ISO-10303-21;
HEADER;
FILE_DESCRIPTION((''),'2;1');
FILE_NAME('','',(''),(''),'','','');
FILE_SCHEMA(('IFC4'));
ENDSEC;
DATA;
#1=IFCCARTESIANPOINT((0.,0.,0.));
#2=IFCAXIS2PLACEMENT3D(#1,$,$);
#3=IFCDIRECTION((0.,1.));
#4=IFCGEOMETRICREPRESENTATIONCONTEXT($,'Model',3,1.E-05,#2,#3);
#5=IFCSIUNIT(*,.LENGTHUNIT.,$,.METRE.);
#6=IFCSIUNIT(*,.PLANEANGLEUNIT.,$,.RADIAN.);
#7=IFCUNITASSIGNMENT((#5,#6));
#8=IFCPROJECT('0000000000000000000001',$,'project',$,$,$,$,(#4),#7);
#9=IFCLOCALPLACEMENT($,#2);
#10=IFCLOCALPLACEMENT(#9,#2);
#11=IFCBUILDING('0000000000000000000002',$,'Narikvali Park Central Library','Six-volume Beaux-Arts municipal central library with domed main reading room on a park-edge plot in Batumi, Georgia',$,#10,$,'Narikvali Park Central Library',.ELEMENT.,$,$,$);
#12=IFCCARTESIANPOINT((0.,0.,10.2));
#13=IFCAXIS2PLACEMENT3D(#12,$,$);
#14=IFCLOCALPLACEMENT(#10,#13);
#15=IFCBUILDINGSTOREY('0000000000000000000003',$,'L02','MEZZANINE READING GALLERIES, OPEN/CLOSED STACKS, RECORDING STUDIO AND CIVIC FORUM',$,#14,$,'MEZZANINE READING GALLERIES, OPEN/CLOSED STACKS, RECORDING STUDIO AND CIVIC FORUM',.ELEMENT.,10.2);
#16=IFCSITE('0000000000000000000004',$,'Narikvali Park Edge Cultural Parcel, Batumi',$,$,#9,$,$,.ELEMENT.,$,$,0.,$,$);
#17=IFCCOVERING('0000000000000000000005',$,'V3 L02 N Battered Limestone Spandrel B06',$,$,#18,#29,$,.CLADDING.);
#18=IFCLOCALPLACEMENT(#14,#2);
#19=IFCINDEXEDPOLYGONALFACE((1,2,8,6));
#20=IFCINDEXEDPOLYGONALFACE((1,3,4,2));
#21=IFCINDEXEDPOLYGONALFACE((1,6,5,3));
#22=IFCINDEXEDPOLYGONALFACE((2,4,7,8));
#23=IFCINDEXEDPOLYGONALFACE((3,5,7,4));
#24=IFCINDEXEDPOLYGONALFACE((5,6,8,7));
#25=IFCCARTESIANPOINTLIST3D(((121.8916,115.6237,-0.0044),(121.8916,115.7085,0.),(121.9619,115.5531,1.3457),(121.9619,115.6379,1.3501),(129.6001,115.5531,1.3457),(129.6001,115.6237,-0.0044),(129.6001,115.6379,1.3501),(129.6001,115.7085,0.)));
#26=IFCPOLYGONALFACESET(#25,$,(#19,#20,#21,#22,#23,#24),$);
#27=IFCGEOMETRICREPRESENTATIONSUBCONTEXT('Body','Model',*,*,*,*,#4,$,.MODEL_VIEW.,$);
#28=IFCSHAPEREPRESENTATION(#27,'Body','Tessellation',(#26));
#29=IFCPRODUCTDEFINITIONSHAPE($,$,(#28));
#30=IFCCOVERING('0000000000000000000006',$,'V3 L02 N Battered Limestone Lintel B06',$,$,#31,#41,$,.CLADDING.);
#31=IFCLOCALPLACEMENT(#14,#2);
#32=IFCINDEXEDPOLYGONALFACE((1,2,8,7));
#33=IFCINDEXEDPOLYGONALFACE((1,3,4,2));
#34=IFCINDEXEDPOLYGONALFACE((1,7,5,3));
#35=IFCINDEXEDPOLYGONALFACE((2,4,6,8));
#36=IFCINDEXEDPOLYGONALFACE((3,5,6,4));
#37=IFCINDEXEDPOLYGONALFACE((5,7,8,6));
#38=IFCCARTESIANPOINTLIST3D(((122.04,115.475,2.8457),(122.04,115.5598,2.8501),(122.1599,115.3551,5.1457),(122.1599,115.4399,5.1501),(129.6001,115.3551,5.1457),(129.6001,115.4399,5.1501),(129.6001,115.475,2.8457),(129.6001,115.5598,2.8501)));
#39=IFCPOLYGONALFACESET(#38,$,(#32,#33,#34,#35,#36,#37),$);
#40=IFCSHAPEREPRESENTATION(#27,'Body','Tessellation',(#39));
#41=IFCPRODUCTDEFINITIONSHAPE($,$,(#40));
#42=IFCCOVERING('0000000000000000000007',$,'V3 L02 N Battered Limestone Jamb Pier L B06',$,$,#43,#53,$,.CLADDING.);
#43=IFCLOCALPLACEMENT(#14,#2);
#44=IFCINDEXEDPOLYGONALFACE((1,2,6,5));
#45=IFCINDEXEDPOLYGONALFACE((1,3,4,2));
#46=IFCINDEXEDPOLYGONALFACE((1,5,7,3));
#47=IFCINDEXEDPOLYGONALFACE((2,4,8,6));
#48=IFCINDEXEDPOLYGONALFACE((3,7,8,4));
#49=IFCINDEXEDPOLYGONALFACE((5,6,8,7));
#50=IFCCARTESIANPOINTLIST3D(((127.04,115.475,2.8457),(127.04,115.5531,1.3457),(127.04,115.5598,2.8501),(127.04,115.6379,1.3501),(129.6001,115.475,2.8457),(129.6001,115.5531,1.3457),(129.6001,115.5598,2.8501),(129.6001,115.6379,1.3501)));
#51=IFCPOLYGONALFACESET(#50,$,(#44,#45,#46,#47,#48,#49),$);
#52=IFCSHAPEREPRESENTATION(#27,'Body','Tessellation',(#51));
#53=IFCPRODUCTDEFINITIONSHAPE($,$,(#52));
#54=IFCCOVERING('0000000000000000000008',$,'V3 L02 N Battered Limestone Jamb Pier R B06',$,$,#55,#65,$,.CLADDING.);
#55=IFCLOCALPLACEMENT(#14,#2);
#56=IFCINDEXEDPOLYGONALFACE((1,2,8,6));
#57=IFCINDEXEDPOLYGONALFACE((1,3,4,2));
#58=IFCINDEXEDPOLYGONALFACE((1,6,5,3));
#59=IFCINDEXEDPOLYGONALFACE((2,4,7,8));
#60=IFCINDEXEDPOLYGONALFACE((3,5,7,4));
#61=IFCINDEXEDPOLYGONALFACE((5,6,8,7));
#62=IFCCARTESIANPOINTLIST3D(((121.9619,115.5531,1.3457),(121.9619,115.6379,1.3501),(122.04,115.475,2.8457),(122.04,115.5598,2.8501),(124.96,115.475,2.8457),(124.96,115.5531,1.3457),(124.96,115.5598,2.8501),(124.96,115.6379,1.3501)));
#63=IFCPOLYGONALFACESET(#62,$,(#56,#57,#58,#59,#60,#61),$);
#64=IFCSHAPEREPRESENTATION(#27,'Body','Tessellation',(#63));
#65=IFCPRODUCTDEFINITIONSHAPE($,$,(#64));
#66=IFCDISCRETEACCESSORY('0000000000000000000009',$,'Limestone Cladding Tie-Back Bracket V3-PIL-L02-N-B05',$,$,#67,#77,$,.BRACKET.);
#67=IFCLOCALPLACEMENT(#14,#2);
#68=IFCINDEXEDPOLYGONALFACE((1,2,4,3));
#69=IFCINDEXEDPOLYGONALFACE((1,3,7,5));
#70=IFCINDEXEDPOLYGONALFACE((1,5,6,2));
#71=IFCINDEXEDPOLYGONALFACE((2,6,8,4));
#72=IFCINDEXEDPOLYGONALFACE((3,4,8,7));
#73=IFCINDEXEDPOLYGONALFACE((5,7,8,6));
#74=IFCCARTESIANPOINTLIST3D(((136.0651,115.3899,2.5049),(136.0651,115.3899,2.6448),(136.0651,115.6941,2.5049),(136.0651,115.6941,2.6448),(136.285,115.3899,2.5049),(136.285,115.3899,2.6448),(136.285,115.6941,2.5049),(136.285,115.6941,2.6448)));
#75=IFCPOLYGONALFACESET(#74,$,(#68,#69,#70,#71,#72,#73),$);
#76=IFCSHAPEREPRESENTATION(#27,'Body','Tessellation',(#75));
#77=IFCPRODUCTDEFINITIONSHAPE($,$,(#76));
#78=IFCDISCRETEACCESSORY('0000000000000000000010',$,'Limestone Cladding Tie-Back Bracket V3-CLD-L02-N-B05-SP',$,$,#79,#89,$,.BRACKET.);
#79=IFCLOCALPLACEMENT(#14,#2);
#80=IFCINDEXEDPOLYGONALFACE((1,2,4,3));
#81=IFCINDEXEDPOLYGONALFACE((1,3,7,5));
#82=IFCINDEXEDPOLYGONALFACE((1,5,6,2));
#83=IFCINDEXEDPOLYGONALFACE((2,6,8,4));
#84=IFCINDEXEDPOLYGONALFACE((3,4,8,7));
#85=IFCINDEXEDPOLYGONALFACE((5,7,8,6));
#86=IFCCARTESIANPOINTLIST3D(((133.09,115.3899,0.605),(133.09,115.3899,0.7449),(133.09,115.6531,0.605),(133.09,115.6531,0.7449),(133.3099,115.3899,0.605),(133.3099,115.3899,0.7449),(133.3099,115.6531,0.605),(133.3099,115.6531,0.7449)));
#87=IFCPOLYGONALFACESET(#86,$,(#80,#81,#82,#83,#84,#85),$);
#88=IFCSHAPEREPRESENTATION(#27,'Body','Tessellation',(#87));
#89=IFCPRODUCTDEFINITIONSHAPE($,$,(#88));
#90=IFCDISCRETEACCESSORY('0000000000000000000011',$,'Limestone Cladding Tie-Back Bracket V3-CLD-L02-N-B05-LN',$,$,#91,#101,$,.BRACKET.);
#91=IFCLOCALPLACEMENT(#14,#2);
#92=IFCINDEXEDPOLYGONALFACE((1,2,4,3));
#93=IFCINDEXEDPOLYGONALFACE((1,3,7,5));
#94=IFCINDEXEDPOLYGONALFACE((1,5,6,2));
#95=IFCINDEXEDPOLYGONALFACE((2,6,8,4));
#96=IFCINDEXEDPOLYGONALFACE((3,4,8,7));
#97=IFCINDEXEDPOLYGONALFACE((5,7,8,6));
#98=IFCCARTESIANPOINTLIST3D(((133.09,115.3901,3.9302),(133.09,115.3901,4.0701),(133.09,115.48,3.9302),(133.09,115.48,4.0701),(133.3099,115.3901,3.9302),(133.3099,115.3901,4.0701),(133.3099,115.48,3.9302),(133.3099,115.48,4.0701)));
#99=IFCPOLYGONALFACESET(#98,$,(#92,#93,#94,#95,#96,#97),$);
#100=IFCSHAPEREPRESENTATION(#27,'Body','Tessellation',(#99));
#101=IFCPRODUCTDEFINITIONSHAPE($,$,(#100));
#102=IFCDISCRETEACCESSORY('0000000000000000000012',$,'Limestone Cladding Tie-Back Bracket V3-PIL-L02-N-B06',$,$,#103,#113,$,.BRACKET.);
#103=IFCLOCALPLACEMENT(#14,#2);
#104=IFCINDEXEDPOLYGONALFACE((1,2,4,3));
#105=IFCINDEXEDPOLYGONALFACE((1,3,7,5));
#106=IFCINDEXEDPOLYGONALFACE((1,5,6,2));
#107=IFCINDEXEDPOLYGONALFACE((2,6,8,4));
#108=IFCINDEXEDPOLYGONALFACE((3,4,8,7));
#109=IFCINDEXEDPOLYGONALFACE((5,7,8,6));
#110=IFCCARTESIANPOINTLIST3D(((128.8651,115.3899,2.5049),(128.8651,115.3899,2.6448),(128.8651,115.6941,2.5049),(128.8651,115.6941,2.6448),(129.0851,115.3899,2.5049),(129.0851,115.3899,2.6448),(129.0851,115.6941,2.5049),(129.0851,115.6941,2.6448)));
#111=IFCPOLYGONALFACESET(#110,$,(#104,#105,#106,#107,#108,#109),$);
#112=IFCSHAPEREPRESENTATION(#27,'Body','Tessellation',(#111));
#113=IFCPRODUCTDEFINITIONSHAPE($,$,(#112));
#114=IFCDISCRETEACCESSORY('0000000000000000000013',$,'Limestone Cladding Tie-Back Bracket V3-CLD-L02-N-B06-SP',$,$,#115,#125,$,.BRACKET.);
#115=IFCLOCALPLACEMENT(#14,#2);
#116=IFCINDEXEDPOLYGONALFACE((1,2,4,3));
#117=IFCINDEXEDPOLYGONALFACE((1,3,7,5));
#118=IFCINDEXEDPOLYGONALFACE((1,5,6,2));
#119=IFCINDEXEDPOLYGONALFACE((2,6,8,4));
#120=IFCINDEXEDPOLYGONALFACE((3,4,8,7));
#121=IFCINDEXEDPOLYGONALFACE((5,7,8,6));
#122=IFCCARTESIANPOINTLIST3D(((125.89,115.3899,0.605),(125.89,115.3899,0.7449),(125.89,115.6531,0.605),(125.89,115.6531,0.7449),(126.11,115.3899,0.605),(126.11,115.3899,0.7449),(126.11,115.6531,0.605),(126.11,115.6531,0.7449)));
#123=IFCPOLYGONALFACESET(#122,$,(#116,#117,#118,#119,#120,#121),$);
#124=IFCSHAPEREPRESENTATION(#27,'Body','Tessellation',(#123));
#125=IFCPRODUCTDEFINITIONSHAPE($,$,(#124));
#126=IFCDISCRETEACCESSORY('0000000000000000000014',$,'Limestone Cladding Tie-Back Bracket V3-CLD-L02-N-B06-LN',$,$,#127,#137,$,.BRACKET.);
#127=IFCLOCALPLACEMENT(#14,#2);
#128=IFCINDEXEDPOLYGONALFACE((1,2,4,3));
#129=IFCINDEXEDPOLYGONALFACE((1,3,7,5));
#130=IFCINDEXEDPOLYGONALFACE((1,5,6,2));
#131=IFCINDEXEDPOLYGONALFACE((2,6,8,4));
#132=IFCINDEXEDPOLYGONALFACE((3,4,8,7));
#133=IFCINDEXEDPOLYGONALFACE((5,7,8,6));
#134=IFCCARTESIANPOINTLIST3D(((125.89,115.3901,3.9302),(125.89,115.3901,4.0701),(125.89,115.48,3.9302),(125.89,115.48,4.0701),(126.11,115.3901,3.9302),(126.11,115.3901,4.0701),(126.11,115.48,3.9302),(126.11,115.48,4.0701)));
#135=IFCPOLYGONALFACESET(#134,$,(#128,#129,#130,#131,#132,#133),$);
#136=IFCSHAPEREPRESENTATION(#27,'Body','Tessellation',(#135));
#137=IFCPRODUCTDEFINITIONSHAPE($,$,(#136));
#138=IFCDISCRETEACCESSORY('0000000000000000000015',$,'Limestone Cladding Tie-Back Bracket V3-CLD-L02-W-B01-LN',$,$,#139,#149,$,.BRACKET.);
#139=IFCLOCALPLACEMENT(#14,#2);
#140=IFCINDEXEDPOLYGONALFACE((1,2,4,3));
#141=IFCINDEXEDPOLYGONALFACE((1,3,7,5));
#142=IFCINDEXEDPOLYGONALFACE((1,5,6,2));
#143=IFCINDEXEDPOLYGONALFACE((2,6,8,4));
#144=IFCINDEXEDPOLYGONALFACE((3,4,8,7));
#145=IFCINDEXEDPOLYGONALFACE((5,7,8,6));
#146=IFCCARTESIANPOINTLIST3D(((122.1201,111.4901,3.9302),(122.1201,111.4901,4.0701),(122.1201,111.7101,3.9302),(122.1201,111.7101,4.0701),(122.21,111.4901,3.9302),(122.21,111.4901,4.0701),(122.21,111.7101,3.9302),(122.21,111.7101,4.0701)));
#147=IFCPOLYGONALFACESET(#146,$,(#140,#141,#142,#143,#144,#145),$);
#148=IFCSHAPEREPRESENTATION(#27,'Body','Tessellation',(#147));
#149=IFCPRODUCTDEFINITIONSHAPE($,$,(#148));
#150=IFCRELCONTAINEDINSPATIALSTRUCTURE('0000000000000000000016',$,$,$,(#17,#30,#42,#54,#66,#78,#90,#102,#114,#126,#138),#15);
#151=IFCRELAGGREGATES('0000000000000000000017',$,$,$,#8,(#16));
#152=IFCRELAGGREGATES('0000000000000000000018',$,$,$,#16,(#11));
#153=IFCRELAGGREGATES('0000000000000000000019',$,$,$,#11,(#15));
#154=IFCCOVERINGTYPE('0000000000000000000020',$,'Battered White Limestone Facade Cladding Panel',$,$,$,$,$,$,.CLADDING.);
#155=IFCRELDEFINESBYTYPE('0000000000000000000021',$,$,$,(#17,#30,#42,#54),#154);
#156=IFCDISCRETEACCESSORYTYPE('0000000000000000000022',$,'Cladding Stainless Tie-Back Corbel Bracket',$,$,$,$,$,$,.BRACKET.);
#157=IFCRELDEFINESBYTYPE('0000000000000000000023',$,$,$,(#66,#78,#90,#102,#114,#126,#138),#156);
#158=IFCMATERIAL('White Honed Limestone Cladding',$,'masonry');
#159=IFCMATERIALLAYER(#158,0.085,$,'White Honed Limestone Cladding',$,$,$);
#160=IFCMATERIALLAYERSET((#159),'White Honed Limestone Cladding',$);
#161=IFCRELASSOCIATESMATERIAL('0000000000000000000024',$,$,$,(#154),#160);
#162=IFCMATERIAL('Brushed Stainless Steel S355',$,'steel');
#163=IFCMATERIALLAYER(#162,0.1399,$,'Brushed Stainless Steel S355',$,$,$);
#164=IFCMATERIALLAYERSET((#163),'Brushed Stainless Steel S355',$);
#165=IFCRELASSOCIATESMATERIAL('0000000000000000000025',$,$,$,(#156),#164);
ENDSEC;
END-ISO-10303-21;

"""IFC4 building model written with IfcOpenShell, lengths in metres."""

from ifc_helpers import new_model, si_unit, direction, frame, origin, origin_2d, place, context, subcontext, project, spatial, polyline, rectangle, outline, extrude, material, layer, layer_set, type_object, element, save


model = new_model("IFC4")

# Units and contexts
model_context = context("Model", 3, precision=1e-05, world=origin(), true_north=direction((0.0, 1.0)))
body_context = subcontext(model_context, "Body", "Model", "MODEL_VIEW")
ifc_project = project(units=[si_unit("LENGTHUNIT", "METRE"), si_unit("PLANEANGLEUNIT", "RADIAN")], contexts=[model_context])

# Site, building, storey
site_placement = place(None, origin())
site = spatial("IfcSite", under=ifc_project, at=site_placement, Name="Narikvali Park Edge Cultural Parcel, Batumi", CompositionType="ELEMENT", RefElevation=0.0)
building_placement = place(site_placement, origin())
building = spatial("IfcBuilding", under=site, at=building_placement, Name="Narikvali Park Central Library", Description="Six-volume Beaux-Arts municipal central library with domed main reading room on a park-edge plot in Batumi, Georgia", LongName="Narikvali Park Central Library", CompositionType="ELEMENT")
storey_placement = place(building_placement, frame((0.0, 0.0, 10.2)))
storey = spatial("IfcBuildingStorey", under=building, at=storey_placement, Name="L02", Description="MEZZANINE READING GALLERIES, OPEN/CLOSED STACKS, RECORDING STUDIO AND CIVIC FORUM", LongName="MEZZANINE READING GALLERIES, OPEN/CLOSED STACKS, RECORDING STUDIO AND CIVIC FORUM", CompositionType="ELEMENT", Elevation=10.2)

# Coverings
ifc_material_1 = material(Name="White Honed Limestone Cladding", Category="masonry")
ifc_layer_1 = layer(ifc_material_1, 0.085, Name="White Honed Limestone Cladding")
ifc_layer_set_1 = layer_set([ifc_layer_1], Name="White Honed Limestone Cladding")
covering_type = type_object("IfcCoveringType", Name="Battered White Limestone Facade Cladding Panel", PredefinedType="CLADDING", material=ifc_layer_set_1)
covering_1_placement = place(storey_placement, frame((129.6001, 115.7085, 0.0), z_axis=(0.0, 0.998637, 0.052189), x_axis=(-1.0, 0.0, 0.0)))
element("IfcCovering", 1, at=covering_1_placement, inside=storey, type_object=covering_type, Name="V3 L02 N Battered Limestone Spandrel B06", PredefinedType="CLADDING", context=body_context, shape_type="SweptSolid", body=[
    extrude(outline(polyline([(0.0, 0.0), (7.7085, 0.0), (7.6382, 1.3519), (0.0, 1.3519), (0.0, 0.0)])), origin(), (0.0, 0.0, -1.0), 0.085),
])
covering_2_placement = place(storey_placement, frame((129.6001, 115.5598, 2.8501), z_axis=(0.0, 0.998645, 0.052047), x_axis=(-1.0, 0.0, 0.0)))
element("IfcCovering", 2, at=covering_2_placement, inside=storey, type_object=covering_type, Name="V3 L02 N Battered Limestone Lintel B06", PredefinedType="CLADDING", context=body_context, shape_type="SweptSolid", body=[
    extrude(outline(polyline([(0.0, 0.0), (7.5601, 0.0), (7.4402, 2.3032), (0.0, 2.3032), (0.0, 0.0)])), origin(), (0.0, 0.0, -1.0), 0.085),
])
covering_3_placement = place(storey_placement, frame((129.6001, 115.6379, 1.3501), z_axis=(0.0, 0.998646, 0.052013), x_axis=(-1.0, 0.0, 0.0)))
element("IfcCovering", 3, at=covering_3_placement, inside=storey, type_object=covering_type, Name="V3 L02 N Battered Limestone Jamb Pier L B06", PredefinedType="CLADDING", context=body_context, shape_type="SweptSolid", body=[
    extrude(outline(polyline([(0.0, 0.0), (2.5601, 0.0), (2.5601, 1.502), (0.0, 1.502), (0.0, 0.0)])), origin(), (0.0, 0.0, -1.0), 0.085),
])
covering_4_placement = place(storey_placement, frame((124.96, 115.6379, 1.3501), z_axis=(0.0, 0.998646, 0.052013), x_axis=(-1.0, 0.0, 0.0)))
element("IfcCovering", 4, at=covering_4_placement, inside=storey, type_object=covering_type, Name="V3 L02 N Battered Limestone Jamb Pier R B06", PredefinedType="CLADDING", context=body_context, shape_type="SweptSolid", body=[
    extrude(outline(polyline([(0.0, 0.0), (2.998, 0.0), (2.9199, 1.502), (0.0, 1.502), (0.0, 0.0)])), origin(), (0.0, 0.0, -1.0), 0.085),
])

# Discrete accessories
ifc_material_2 = material(Name="Brushed Stainless Steel S355", Category="steel")
ifc_layer_2 = layer(ifc_material_2, 0.1399, Name="Brushed Stainless Steel S355")
ifc_layer_set_2 = layer_set([ifc_layer_2], Name="Brushed Stainless Steel S355")
discrete_accessory_type = type_object("IfcDiscreteAccessoryType", Name="Cladding Stainless Tie-Back Corbel Bracket", PredefinedType="BRACKET", material=ifc_layer_set_2)
discrete_accessory_1_placement = place(storey_placement, frame((136.175, 115.542, 2.5049), z_axis=(0.0, 0.0, 1.0), x_axis=(1.0, 0.0, 0.0)))
element("IfcDiscreteAccessory", 5, at=discrete_accessory_1_placement, inside=storey, type_object=discrete_accessory_type, Name="Limestone Cladding Tie-Back Bracket V3-PIL-L02-N-B05", PredefinedType="BRACKET", context=body_context, shape_type="SweptSolid", body=[
    extrude(rectangle(XDim=0.22, YDim=0.3042, at=origin_2d()), origin(), (0.0, 0.0, 1.0), 0.1399),
])
discrete_accessory_2_placement = place(storey_placement, frame((133.2, 115.5215, 0.605), z_axis=(0.0, 0.0, 1.0), x_axis=(1.0, 0.0, 0.0)))
element("IfcDiscreteAccessory", 6, at=discrete_accessory_2_placement, inside=storey, type_object=discrete_accessory_type, Name="Limestone Cladding Tie-Back Bracket V3-CLD-L02-N-B05-SP", PredefinedType="BRACKET", context=body_context, shape_type="SweptSolid", body=[
    extrude(rectangle(XDim=0.22, YDim=0.2632, at=origin_2d()), origin(), (0.0, 0.0, 1.0), 0.1399),
])
discrete_accessory_3_placement = place(storey_placement, frame((133.2, 115.4351, 3.9302), z_axis=(0.0, 0.0, 1.0), x_axis=(1.0, 0.0, 0.0)))
element("IfcDiscreteAccessory", 7, at=discrete_accessory_3_placement, inside=storey, type_object=discrete_accessory_type, Name="Limestone Cladding Tie-Back Bracket V3-CLD-L02-N-B05-LN", PredefinedType="BRACKET", context=body_context, shape_type="SweptSolid", body=[
    extrude(rectangle(XDim=0.22, YDim=0.0898, at=origin_2d()), origin(), (0.0, 0.0, 1.0), 0.1399),
])
discrete_accessory_4_placement = place(storey_placement, frame((128.9751, 115.542, 2.5049), z_axis=(0.0, 0.0, 1.0), x_axis=(1.0, 0.0, 0.0)))
element("IfcDiscreteAccessory", 8, at=discrete_accessory_4_placement, inside=storey, type_object=discrete_accessory_type, Name="Limestone Cladding Tie-Back Bracket V3-PIL-L02-N-B06", PredefinedType="BRACKET", context=body_context, shape_type="SweptSolid", body=[
    extrude(rectangle(XDim=0.22, YDim=0.3042, at=origin_2d()), origin(), (0.0, 0.0, 1.0), 0.1399),
])
discrete_accessory_5_placement = place(storey_placement, frame((126.0, 115.5215, 0.605), z_axis=(0.0, 0.0, 1.0), x_axis=(1.0, 0.0, 0.0)))
element("IfcDiscreteAccessory", 9, at=discrete_accessory_5_placement, inside=storey, type_object=discrete_accessory_type, Name="Limestone Cladding Tie-Back Bracket V3-CLD-L02-N-B06-SP", PredefinedType="BRACKET", context=body_context, shape_type="SweptSolid", body=[
    extrude(rectangle(XDim=0.22, YDim=0.2632, at=origin_2d()), origin(), (0.0, 0.0, 1.0), 0.1399),
])
discrete_accessory_6_placement = place(storey_placement, frame((126.0, 115.4351, 3.9302), z_axis=(0.0, 0.0, 1.0), x_axis=(1.0, 0.0, 0.0)))
element("IfcDiscreteAccessory", 10, at=discrete_accessory_6_placement, inside=storey, type_object=discrete_accessory_type, Name="Limestone Cladding Tie-Back Bracket V3-CLD-L02-N-B06-LN", PredefinedType="BRACKET", context=body_context, shape_type="SweptSolid", body=[
    extrude(rectangle(XDim=0.22, YDim=0.0898, at=origin_2d()), origin(), (0.0, 0.0, 1.0), 0.1399),
])
discrete_accessory_7_placement = place(storey_placement, frame((122.165, 111.6001, 3.9302), z_axis=(0.0, 0.0, 1.0), x_axis=(1.0, 0.0, 0.0)))
element("IfcDiscreteAccessory", 11, at=discrete_accessory_7_placement, inside=storey, type_object=discrete_accessory_type, Name="Limestone Cladding Tie-Back Bracket V3-CLD-L02-W-B01-LN", PredefinedType="BRACKET", context=body_context, shape_type="SweptSolid", body=[
    extrude(rectangle(XDim=0.0898, YDim=0.22, at=origin_2d()), origin(), (0.0, 0.0, 1.0), 0.1399),
])

save(model, "model.ifc")
